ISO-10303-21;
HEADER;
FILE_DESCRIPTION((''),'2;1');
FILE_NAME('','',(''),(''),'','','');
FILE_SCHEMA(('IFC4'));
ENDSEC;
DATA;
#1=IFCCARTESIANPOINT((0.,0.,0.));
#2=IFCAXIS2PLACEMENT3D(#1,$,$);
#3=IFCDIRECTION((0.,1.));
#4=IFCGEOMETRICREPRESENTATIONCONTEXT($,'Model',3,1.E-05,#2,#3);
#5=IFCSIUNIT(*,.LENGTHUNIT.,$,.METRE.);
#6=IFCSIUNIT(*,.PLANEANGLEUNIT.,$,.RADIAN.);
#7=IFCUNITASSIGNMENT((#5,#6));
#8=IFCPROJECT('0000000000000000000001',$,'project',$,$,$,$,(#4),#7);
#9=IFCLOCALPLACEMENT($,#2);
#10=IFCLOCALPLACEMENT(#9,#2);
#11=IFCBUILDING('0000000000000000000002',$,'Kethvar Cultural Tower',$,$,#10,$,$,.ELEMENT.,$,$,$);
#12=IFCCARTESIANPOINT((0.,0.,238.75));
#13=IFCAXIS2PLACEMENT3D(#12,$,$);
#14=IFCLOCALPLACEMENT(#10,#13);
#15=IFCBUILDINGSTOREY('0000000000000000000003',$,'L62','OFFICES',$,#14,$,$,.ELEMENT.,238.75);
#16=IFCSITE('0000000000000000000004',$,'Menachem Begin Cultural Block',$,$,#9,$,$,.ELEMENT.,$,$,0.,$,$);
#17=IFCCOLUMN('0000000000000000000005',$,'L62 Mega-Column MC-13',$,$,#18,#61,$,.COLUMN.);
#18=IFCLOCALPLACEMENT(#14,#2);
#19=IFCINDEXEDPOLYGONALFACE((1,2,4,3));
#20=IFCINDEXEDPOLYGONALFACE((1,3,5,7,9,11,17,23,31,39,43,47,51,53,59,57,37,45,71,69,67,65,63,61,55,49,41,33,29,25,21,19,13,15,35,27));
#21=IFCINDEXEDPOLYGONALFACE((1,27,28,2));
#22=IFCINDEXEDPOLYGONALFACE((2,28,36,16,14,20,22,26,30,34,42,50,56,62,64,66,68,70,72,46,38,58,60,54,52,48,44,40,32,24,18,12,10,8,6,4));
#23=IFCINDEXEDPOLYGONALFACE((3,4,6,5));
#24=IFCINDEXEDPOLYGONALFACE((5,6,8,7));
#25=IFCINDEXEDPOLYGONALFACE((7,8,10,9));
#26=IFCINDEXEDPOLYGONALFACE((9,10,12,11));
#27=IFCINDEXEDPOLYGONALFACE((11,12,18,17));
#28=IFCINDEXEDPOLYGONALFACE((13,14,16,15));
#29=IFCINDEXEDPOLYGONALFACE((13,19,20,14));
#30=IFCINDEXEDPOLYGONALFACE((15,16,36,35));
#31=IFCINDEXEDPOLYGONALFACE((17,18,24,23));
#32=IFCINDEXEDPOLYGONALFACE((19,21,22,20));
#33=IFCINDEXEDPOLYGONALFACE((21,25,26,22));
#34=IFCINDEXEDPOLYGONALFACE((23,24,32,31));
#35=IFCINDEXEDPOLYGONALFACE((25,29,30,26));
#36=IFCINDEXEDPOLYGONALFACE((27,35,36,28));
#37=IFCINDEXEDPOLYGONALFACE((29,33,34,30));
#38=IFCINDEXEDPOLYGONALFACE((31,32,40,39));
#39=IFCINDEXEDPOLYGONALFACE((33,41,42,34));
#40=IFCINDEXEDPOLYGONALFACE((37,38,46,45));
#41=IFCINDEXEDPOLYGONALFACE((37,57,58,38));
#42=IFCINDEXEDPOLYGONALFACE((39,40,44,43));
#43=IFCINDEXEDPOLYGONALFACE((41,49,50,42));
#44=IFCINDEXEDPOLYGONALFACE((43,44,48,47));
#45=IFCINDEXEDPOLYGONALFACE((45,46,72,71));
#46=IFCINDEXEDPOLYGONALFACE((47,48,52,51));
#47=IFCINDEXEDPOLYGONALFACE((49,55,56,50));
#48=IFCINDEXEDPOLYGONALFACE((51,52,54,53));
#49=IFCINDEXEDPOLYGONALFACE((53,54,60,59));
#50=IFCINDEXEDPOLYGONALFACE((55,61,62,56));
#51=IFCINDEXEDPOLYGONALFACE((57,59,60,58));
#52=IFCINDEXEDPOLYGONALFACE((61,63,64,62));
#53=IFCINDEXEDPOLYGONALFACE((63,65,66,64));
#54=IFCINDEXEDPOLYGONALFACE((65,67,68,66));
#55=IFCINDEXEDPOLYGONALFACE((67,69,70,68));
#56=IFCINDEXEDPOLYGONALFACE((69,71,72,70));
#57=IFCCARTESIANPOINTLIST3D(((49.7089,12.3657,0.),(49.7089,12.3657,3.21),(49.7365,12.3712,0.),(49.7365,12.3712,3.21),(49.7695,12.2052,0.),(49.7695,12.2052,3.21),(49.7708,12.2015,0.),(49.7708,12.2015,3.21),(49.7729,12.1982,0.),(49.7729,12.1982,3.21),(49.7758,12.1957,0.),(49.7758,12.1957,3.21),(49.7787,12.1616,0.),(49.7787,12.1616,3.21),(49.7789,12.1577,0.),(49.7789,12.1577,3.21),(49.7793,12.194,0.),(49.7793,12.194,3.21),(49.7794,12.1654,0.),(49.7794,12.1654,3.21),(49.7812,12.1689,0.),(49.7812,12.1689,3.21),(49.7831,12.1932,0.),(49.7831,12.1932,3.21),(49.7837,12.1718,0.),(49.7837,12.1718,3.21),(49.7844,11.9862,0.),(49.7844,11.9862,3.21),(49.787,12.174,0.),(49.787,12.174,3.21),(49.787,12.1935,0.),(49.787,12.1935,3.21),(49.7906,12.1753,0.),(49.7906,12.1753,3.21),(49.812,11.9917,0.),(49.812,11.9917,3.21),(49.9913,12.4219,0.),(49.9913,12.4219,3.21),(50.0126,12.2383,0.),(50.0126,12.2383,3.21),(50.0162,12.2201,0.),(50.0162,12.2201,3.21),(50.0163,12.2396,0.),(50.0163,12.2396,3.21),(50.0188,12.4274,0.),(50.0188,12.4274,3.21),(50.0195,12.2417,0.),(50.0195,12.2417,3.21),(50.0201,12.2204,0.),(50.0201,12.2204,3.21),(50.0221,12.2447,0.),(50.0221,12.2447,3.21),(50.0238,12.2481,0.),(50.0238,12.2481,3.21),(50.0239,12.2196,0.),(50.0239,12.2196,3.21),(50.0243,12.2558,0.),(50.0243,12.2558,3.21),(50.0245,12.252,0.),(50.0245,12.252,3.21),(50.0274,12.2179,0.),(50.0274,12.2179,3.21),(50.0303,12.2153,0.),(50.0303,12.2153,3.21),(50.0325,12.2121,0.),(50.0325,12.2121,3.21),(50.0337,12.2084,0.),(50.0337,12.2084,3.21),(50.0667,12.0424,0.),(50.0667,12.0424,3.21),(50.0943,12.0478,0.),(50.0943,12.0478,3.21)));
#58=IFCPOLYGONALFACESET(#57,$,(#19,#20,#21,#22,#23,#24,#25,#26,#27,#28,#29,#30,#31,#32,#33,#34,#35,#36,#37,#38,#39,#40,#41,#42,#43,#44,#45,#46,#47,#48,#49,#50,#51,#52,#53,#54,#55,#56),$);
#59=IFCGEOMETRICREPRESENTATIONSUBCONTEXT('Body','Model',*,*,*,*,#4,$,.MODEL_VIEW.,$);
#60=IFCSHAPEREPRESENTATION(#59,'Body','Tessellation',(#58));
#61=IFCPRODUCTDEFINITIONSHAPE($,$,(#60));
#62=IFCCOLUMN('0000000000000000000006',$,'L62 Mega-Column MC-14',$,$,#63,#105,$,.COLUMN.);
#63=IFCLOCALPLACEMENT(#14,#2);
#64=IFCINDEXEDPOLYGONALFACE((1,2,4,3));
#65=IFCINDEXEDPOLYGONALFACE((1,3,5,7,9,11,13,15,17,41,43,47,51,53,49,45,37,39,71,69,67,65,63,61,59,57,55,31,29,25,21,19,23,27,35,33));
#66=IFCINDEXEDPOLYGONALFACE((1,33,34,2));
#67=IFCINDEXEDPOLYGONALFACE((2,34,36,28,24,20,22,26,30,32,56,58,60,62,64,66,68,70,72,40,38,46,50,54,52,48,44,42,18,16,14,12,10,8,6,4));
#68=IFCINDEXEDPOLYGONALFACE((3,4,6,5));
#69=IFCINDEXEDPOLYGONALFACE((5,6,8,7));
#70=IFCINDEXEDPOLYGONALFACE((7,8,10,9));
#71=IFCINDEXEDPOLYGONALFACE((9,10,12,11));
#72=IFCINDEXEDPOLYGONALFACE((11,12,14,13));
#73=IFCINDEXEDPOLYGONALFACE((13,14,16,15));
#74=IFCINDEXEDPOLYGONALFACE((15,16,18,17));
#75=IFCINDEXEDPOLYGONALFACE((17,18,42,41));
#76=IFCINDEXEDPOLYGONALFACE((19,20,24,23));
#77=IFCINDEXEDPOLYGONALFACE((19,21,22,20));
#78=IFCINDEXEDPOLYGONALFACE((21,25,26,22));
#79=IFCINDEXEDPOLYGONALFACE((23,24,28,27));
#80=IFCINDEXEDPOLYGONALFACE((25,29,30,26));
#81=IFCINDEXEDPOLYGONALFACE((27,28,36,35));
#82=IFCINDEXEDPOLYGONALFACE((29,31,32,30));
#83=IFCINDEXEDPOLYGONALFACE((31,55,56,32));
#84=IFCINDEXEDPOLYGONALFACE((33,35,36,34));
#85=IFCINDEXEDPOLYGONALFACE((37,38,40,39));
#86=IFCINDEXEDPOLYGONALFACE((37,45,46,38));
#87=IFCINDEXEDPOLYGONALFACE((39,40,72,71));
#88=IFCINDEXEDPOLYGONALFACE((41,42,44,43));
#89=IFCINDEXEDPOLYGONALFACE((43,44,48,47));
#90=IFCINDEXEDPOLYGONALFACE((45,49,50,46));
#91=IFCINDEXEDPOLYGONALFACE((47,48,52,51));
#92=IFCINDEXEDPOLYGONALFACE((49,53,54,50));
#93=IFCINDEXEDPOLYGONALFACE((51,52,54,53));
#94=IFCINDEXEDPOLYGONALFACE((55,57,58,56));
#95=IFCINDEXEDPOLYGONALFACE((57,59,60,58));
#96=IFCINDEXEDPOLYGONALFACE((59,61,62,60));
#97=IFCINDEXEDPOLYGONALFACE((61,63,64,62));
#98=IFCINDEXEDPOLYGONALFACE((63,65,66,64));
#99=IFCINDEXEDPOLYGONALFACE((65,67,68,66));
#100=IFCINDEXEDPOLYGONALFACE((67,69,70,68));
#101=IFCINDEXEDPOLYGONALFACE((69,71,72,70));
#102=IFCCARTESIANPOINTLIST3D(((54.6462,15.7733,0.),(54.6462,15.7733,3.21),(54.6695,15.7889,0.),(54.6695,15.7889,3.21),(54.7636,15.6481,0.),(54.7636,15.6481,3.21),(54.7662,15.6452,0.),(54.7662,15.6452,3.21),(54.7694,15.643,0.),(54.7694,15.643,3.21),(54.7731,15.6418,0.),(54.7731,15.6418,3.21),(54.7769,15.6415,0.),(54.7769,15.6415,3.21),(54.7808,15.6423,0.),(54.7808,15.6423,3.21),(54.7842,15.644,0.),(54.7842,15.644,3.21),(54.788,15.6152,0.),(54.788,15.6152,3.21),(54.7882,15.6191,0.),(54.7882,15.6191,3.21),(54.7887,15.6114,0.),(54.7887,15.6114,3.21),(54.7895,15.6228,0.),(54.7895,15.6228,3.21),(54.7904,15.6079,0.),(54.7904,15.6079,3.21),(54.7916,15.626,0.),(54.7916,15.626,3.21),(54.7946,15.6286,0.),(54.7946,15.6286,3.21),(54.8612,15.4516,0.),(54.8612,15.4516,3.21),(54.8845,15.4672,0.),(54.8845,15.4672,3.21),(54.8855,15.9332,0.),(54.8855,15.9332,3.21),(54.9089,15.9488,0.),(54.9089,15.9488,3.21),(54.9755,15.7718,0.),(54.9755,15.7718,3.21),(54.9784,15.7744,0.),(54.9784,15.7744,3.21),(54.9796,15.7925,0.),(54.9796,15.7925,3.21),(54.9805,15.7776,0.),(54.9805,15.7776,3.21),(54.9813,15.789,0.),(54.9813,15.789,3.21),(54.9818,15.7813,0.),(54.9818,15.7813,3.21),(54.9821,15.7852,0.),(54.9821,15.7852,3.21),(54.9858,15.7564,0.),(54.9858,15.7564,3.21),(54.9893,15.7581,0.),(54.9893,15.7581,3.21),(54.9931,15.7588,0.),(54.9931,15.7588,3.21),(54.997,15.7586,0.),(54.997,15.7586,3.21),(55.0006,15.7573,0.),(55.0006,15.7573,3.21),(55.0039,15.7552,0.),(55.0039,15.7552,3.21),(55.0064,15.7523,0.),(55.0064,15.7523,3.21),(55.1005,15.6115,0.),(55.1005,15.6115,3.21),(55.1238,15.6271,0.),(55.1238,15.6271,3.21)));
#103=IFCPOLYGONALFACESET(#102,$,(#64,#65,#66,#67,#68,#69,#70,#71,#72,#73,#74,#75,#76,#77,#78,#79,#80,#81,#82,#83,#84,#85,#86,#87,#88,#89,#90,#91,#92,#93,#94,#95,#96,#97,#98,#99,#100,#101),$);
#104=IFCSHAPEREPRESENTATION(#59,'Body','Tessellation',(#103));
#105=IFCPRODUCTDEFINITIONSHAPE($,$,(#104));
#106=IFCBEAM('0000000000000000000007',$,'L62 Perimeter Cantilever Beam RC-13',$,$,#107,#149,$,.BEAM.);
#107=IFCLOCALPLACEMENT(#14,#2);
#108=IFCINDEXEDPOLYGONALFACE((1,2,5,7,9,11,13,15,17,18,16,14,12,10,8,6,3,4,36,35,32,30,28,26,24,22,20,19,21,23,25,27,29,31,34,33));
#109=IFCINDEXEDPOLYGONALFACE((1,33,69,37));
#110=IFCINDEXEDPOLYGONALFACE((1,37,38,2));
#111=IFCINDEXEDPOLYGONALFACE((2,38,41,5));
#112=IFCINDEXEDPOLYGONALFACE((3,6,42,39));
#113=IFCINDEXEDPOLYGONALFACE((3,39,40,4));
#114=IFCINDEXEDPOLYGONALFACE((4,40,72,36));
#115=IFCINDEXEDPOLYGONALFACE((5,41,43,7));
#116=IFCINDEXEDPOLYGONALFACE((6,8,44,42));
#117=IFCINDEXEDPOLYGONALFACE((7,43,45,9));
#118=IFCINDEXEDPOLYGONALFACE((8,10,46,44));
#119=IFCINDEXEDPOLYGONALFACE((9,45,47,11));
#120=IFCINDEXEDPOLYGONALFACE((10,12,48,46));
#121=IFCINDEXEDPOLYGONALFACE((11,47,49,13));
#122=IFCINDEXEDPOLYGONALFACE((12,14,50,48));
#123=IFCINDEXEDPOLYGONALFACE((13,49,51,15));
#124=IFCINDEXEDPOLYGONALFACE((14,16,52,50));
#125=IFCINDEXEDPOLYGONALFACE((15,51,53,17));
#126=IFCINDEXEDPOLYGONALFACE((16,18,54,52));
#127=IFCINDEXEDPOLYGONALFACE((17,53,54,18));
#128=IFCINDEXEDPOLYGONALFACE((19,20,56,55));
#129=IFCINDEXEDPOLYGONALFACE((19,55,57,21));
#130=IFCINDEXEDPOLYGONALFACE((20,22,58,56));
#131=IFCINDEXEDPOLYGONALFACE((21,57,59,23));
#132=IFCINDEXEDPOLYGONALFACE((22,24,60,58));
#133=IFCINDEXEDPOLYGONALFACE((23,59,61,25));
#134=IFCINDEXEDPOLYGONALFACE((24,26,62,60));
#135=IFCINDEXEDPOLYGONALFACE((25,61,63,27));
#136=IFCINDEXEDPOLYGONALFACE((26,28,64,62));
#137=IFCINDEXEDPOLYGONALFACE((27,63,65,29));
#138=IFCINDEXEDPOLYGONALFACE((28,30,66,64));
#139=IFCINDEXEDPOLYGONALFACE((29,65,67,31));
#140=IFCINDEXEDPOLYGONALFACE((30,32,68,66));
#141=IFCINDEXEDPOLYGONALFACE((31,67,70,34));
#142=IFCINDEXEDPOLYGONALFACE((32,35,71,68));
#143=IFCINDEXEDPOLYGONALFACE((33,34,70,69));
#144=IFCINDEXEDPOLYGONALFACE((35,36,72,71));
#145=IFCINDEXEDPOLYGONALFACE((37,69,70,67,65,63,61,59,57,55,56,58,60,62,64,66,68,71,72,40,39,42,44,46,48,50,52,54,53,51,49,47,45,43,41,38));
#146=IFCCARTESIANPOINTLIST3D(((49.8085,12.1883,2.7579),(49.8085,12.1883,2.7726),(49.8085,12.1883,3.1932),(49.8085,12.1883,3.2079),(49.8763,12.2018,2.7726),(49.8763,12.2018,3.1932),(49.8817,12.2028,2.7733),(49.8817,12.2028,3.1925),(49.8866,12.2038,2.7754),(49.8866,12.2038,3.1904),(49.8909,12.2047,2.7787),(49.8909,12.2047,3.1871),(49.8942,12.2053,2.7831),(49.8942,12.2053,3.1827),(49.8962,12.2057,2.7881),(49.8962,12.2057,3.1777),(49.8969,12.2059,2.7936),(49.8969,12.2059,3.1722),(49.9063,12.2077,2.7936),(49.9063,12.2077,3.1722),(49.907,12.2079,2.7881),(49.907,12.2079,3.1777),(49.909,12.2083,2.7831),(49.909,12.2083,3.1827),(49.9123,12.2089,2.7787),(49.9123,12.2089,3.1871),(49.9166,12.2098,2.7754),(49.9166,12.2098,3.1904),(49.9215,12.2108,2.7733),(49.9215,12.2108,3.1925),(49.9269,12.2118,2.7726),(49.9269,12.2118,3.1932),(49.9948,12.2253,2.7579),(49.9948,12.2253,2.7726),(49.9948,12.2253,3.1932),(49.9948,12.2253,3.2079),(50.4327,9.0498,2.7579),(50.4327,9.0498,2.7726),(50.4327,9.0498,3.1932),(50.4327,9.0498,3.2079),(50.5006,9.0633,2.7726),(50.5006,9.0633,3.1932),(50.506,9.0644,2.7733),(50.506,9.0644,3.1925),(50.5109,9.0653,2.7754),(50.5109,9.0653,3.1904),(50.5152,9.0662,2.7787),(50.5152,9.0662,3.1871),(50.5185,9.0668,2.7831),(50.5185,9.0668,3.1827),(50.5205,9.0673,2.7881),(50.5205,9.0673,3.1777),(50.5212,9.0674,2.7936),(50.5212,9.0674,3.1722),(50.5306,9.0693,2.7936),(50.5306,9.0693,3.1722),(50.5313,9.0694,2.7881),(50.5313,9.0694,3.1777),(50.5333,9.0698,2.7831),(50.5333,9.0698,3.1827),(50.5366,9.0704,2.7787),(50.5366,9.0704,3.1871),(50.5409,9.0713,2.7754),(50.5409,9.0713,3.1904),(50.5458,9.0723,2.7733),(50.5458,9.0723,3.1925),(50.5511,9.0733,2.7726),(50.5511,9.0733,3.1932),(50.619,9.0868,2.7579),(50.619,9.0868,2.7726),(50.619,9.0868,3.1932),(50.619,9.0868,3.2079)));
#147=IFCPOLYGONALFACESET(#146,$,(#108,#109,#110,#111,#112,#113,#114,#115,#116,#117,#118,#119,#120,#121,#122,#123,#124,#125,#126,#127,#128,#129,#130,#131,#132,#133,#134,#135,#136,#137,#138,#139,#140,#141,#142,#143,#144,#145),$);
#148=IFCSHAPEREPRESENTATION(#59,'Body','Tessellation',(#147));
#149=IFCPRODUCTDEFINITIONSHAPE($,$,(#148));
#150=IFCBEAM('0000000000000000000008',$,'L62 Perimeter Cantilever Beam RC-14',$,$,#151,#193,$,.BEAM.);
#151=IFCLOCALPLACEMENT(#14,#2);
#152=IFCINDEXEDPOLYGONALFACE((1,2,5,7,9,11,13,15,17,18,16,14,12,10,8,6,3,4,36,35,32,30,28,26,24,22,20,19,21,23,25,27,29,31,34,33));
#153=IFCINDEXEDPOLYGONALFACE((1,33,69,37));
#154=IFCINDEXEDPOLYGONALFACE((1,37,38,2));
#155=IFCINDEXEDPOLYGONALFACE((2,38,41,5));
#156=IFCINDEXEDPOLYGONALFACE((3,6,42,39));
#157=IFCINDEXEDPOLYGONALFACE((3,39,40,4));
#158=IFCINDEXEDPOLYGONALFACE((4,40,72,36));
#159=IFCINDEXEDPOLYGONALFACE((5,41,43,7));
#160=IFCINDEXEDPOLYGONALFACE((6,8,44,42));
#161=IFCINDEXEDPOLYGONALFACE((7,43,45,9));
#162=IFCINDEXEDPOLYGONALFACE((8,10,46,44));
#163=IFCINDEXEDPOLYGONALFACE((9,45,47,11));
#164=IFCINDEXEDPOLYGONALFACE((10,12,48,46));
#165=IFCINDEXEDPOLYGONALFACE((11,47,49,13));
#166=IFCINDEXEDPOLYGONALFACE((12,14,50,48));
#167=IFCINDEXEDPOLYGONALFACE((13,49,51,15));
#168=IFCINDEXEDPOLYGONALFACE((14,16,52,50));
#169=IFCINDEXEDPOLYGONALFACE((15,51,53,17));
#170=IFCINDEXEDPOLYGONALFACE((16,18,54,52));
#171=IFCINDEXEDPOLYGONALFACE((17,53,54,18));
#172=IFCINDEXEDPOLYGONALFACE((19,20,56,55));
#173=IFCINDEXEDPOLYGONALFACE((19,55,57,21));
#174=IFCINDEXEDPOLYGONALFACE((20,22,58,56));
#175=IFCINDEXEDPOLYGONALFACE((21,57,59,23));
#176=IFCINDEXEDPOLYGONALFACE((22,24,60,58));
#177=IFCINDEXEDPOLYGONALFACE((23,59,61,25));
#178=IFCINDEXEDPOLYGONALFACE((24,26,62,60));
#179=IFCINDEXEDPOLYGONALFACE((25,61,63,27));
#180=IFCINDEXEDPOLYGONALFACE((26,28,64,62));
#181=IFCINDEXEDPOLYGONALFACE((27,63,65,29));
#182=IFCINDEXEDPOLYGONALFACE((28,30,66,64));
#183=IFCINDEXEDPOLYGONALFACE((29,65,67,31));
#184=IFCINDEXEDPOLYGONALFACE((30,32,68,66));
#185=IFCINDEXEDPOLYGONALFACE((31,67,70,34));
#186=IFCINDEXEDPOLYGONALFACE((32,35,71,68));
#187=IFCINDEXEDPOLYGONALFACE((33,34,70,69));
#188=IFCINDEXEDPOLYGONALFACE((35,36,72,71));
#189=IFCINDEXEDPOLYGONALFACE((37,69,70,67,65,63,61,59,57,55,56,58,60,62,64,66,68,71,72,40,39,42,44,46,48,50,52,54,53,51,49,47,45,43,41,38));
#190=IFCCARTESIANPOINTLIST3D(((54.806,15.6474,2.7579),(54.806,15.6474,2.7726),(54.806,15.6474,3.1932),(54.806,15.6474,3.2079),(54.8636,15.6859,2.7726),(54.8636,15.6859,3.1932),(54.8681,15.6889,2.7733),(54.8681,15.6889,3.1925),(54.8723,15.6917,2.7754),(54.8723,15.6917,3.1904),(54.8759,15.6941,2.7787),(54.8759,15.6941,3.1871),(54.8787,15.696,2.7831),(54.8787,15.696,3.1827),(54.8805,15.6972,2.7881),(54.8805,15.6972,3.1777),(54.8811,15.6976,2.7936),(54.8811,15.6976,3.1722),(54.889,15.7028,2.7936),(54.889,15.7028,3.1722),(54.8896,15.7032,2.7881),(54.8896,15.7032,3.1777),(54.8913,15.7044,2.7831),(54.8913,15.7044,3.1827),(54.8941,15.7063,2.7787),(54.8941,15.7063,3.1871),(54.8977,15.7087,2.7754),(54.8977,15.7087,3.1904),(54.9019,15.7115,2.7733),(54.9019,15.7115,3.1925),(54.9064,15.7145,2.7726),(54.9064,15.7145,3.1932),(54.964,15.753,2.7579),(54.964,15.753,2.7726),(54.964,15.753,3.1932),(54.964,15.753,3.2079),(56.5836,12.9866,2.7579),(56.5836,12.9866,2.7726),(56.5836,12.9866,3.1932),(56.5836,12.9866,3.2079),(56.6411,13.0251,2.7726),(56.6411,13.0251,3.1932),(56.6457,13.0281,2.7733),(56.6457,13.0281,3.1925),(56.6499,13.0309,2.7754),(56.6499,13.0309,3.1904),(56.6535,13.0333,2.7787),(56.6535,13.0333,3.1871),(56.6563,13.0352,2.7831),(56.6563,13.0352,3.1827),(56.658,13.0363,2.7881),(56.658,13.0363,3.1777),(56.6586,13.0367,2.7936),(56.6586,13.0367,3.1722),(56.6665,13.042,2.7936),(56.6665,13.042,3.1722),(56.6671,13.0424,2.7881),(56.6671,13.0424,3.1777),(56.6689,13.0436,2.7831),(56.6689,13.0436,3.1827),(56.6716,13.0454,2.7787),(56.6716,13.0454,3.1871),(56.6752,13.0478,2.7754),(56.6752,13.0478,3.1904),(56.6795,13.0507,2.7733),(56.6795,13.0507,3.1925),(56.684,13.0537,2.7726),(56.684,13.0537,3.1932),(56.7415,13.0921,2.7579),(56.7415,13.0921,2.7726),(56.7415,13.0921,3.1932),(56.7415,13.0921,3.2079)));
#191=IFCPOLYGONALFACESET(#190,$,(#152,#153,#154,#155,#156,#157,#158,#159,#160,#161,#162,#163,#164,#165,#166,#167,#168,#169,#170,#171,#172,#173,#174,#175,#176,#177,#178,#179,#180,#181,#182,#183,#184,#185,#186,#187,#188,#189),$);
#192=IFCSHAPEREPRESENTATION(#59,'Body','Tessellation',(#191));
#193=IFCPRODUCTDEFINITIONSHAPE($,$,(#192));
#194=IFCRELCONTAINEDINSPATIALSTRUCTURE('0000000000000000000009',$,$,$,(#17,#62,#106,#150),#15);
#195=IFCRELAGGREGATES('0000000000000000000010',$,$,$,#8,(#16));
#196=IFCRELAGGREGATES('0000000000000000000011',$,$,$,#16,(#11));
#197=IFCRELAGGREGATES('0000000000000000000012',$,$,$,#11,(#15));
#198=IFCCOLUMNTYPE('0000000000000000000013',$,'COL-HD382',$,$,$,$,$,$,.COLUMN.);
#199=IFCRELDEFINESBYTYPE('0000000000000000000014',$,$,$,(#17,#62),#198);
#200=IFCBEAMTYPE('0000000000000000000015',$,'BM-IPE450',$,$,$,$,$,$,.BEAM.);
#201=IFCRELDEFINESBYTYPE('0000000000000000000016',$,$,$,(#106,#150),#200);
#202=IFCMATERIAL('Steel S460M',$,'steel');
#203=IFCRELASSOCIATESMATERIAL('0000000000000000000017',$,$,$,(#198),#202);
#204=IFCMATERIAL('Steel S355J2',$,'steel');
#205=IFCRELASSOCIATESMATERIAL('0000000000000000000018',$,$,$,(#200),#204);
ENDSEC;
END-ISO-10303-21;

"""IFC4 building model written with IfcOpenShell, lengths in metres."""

from ifc_helpers import new_model, si_unit, direction, frame, origin, origin_2d, place, context, subcontext, project, spatial, i_section, extrude, source, transform, mapped, material, material_profile, profile_set, type_object, element, save


model = new_model("IFC4")

# Units and contexts
model_context = context("Model", 3, precision=1e-05, world=origin(), true_north=direction((0.0, 1.0)))
body_context = subcontext(model_context, "Body", "Model", "MODEL_VIEW")
ifc_project = project(units=[si_unit("LENGTHUNIT", "METRE"), si_unit("PLANEANGLEUNIT", "RADIAN")], contexts=[model_context])

# Site, building, storey
site_placement = place(None, origin())
site = spatial("IfcSite", under=ifc_project, at=site_placement, Name="Menachem Begin Cultural Block", CompositionType="ELEMENT", RefElevation=0.0)
building_placement = place(site_placement, origin())
building = spatial("IfcBuilding", under=site, at=building_placement, Name="Kethvar Cultural Tower", CompositionType="ELEMENT")
storey_placement = place(building_placement, frame((0.0, 0.0, 238.75)))
storey = spatial("IfcBuildingStorey", under=building, at=storey_placement, Name="L62", Description="OFFICES", CompositionType="ELEMENT", Elevation=238.75)

# Columns
ifc_material_1 = material(Name="Steel S460M", Category="steel")
ifc_material_profile_1 = material_profile(ifc_material_1, i_section(OverallWidth=0.387, OverallDepth=0.3159, WebThickness=0.0186, FlangeThickness=0.0281, FilletRadius=0.0149, at=origin_2d()), Name="Steel S460M — HD400x382")
ifc_profile_set_1 = profile_set([ifc_material_profile_1], Name="Steel S460M — HD400x382")
column_type = type_object("IfcColumnType", Name="COL-HD382", PredefinedType="COLUMN", material=ifc_profile_set_1)
shared_shape_1 = source(origin(), body_context, "Body", "SweptSolid", [
    extrude(i_section(OverallWidth=0.387, OverallDepth=0.3159, WebThickness=0.0186, FlangeThickness=0.0281, FilletRadius=0.0149, at=origin_2d()), origin(), (0.0, 0.0, 1.0), 3.21),
])
for number, where, z_axis, x_axis, name in (
    (1, (49.9016, 12.2068, 0.0), (0.0, 0.0, 1.0), (0.19509, -0.980785, 0.0), "L62 Mega-Column MC-13"),
    (2, (54.885, 15.7002, 0.0), (0.0, 0.0, 1.0), (0.55557, -0.83147, 0.0), "L62 Mega-Column MC-14"),
):
    element("IfcColumn", number, at=place(storey_placement, frame(where, z_axis=z_axis, x_axis=x_axis)), inside=storey, type_object=column_type, Name=name, PredefinedType="COLUMN", context=body_context, shape_type="MappedRepresentation", body=[
        mapped(shared_shape_1, transform((0.0, 0.0, 0.0), scale=1.0)),
    ])

# Beams
ifc_material_2 = material(Name="Steel S355J2", Category="steel")
ifc_material_profile_2 = material_profile(ifc_material_2, i_section(OverallWidth=0.1899, OverallDepth=0.45, WebThickness=0.0095, FlangeThickness=0.0146, FilletRadius=0.021, at=origin_2d()), Name="Steel S355J2 — IPE450")
ifc_profile_set_2 = profile_set([ifc_material_profile_2], Name="Steel S355J2 — IPE450")
beam_type_1 = type_object("IfcBeamType", Name="BM-IPE450", PredefinedType="BEAM", material=ifc_profile_set_2)
shared_shape_2 = source(origin(), body_context, "Body", "SweptSolid", [
    extrude(i_section(OverallWidth=0.1899, OverallDepth=0.45, WebThickness=0.0095, FlangeThickness=0.0146, FilletRadius=0.021, at=origin_2d()), origin(), (0.0, 0.0, 1.0), 3.2),
])
for number, where, z_axis, x_axis, name in (
    (3, (49.9016, 12.2068, 2.9829), (0.195089, -0.980786, 0.0), (0.980786, 0.195089, 0.0), "L62 Perimeter Cantilever Beam RC-13"),
    (4, (54.885, 15.7002, 2.9829), (0.555492, -0.831522, 0.0), (0.831522, 0.555492, 0.0), "L62 Perimeter Cantilever Beam RC-14"),
):
    element("IfcBeam", number, at=place(storey_placement, frame(where, z_axis=z_axis, x_axis=x_axis)), inside=storey, type_object=beam_type_1, Name=name, PredefinedType="BEAM", context=body_context, shape_type="MappedRepresentation", body=[
        mapped(shared_shape_2, transform((0.0, 0.0, 0.0), scale=1.0)),
    ])

save(model, "model.ifc")
